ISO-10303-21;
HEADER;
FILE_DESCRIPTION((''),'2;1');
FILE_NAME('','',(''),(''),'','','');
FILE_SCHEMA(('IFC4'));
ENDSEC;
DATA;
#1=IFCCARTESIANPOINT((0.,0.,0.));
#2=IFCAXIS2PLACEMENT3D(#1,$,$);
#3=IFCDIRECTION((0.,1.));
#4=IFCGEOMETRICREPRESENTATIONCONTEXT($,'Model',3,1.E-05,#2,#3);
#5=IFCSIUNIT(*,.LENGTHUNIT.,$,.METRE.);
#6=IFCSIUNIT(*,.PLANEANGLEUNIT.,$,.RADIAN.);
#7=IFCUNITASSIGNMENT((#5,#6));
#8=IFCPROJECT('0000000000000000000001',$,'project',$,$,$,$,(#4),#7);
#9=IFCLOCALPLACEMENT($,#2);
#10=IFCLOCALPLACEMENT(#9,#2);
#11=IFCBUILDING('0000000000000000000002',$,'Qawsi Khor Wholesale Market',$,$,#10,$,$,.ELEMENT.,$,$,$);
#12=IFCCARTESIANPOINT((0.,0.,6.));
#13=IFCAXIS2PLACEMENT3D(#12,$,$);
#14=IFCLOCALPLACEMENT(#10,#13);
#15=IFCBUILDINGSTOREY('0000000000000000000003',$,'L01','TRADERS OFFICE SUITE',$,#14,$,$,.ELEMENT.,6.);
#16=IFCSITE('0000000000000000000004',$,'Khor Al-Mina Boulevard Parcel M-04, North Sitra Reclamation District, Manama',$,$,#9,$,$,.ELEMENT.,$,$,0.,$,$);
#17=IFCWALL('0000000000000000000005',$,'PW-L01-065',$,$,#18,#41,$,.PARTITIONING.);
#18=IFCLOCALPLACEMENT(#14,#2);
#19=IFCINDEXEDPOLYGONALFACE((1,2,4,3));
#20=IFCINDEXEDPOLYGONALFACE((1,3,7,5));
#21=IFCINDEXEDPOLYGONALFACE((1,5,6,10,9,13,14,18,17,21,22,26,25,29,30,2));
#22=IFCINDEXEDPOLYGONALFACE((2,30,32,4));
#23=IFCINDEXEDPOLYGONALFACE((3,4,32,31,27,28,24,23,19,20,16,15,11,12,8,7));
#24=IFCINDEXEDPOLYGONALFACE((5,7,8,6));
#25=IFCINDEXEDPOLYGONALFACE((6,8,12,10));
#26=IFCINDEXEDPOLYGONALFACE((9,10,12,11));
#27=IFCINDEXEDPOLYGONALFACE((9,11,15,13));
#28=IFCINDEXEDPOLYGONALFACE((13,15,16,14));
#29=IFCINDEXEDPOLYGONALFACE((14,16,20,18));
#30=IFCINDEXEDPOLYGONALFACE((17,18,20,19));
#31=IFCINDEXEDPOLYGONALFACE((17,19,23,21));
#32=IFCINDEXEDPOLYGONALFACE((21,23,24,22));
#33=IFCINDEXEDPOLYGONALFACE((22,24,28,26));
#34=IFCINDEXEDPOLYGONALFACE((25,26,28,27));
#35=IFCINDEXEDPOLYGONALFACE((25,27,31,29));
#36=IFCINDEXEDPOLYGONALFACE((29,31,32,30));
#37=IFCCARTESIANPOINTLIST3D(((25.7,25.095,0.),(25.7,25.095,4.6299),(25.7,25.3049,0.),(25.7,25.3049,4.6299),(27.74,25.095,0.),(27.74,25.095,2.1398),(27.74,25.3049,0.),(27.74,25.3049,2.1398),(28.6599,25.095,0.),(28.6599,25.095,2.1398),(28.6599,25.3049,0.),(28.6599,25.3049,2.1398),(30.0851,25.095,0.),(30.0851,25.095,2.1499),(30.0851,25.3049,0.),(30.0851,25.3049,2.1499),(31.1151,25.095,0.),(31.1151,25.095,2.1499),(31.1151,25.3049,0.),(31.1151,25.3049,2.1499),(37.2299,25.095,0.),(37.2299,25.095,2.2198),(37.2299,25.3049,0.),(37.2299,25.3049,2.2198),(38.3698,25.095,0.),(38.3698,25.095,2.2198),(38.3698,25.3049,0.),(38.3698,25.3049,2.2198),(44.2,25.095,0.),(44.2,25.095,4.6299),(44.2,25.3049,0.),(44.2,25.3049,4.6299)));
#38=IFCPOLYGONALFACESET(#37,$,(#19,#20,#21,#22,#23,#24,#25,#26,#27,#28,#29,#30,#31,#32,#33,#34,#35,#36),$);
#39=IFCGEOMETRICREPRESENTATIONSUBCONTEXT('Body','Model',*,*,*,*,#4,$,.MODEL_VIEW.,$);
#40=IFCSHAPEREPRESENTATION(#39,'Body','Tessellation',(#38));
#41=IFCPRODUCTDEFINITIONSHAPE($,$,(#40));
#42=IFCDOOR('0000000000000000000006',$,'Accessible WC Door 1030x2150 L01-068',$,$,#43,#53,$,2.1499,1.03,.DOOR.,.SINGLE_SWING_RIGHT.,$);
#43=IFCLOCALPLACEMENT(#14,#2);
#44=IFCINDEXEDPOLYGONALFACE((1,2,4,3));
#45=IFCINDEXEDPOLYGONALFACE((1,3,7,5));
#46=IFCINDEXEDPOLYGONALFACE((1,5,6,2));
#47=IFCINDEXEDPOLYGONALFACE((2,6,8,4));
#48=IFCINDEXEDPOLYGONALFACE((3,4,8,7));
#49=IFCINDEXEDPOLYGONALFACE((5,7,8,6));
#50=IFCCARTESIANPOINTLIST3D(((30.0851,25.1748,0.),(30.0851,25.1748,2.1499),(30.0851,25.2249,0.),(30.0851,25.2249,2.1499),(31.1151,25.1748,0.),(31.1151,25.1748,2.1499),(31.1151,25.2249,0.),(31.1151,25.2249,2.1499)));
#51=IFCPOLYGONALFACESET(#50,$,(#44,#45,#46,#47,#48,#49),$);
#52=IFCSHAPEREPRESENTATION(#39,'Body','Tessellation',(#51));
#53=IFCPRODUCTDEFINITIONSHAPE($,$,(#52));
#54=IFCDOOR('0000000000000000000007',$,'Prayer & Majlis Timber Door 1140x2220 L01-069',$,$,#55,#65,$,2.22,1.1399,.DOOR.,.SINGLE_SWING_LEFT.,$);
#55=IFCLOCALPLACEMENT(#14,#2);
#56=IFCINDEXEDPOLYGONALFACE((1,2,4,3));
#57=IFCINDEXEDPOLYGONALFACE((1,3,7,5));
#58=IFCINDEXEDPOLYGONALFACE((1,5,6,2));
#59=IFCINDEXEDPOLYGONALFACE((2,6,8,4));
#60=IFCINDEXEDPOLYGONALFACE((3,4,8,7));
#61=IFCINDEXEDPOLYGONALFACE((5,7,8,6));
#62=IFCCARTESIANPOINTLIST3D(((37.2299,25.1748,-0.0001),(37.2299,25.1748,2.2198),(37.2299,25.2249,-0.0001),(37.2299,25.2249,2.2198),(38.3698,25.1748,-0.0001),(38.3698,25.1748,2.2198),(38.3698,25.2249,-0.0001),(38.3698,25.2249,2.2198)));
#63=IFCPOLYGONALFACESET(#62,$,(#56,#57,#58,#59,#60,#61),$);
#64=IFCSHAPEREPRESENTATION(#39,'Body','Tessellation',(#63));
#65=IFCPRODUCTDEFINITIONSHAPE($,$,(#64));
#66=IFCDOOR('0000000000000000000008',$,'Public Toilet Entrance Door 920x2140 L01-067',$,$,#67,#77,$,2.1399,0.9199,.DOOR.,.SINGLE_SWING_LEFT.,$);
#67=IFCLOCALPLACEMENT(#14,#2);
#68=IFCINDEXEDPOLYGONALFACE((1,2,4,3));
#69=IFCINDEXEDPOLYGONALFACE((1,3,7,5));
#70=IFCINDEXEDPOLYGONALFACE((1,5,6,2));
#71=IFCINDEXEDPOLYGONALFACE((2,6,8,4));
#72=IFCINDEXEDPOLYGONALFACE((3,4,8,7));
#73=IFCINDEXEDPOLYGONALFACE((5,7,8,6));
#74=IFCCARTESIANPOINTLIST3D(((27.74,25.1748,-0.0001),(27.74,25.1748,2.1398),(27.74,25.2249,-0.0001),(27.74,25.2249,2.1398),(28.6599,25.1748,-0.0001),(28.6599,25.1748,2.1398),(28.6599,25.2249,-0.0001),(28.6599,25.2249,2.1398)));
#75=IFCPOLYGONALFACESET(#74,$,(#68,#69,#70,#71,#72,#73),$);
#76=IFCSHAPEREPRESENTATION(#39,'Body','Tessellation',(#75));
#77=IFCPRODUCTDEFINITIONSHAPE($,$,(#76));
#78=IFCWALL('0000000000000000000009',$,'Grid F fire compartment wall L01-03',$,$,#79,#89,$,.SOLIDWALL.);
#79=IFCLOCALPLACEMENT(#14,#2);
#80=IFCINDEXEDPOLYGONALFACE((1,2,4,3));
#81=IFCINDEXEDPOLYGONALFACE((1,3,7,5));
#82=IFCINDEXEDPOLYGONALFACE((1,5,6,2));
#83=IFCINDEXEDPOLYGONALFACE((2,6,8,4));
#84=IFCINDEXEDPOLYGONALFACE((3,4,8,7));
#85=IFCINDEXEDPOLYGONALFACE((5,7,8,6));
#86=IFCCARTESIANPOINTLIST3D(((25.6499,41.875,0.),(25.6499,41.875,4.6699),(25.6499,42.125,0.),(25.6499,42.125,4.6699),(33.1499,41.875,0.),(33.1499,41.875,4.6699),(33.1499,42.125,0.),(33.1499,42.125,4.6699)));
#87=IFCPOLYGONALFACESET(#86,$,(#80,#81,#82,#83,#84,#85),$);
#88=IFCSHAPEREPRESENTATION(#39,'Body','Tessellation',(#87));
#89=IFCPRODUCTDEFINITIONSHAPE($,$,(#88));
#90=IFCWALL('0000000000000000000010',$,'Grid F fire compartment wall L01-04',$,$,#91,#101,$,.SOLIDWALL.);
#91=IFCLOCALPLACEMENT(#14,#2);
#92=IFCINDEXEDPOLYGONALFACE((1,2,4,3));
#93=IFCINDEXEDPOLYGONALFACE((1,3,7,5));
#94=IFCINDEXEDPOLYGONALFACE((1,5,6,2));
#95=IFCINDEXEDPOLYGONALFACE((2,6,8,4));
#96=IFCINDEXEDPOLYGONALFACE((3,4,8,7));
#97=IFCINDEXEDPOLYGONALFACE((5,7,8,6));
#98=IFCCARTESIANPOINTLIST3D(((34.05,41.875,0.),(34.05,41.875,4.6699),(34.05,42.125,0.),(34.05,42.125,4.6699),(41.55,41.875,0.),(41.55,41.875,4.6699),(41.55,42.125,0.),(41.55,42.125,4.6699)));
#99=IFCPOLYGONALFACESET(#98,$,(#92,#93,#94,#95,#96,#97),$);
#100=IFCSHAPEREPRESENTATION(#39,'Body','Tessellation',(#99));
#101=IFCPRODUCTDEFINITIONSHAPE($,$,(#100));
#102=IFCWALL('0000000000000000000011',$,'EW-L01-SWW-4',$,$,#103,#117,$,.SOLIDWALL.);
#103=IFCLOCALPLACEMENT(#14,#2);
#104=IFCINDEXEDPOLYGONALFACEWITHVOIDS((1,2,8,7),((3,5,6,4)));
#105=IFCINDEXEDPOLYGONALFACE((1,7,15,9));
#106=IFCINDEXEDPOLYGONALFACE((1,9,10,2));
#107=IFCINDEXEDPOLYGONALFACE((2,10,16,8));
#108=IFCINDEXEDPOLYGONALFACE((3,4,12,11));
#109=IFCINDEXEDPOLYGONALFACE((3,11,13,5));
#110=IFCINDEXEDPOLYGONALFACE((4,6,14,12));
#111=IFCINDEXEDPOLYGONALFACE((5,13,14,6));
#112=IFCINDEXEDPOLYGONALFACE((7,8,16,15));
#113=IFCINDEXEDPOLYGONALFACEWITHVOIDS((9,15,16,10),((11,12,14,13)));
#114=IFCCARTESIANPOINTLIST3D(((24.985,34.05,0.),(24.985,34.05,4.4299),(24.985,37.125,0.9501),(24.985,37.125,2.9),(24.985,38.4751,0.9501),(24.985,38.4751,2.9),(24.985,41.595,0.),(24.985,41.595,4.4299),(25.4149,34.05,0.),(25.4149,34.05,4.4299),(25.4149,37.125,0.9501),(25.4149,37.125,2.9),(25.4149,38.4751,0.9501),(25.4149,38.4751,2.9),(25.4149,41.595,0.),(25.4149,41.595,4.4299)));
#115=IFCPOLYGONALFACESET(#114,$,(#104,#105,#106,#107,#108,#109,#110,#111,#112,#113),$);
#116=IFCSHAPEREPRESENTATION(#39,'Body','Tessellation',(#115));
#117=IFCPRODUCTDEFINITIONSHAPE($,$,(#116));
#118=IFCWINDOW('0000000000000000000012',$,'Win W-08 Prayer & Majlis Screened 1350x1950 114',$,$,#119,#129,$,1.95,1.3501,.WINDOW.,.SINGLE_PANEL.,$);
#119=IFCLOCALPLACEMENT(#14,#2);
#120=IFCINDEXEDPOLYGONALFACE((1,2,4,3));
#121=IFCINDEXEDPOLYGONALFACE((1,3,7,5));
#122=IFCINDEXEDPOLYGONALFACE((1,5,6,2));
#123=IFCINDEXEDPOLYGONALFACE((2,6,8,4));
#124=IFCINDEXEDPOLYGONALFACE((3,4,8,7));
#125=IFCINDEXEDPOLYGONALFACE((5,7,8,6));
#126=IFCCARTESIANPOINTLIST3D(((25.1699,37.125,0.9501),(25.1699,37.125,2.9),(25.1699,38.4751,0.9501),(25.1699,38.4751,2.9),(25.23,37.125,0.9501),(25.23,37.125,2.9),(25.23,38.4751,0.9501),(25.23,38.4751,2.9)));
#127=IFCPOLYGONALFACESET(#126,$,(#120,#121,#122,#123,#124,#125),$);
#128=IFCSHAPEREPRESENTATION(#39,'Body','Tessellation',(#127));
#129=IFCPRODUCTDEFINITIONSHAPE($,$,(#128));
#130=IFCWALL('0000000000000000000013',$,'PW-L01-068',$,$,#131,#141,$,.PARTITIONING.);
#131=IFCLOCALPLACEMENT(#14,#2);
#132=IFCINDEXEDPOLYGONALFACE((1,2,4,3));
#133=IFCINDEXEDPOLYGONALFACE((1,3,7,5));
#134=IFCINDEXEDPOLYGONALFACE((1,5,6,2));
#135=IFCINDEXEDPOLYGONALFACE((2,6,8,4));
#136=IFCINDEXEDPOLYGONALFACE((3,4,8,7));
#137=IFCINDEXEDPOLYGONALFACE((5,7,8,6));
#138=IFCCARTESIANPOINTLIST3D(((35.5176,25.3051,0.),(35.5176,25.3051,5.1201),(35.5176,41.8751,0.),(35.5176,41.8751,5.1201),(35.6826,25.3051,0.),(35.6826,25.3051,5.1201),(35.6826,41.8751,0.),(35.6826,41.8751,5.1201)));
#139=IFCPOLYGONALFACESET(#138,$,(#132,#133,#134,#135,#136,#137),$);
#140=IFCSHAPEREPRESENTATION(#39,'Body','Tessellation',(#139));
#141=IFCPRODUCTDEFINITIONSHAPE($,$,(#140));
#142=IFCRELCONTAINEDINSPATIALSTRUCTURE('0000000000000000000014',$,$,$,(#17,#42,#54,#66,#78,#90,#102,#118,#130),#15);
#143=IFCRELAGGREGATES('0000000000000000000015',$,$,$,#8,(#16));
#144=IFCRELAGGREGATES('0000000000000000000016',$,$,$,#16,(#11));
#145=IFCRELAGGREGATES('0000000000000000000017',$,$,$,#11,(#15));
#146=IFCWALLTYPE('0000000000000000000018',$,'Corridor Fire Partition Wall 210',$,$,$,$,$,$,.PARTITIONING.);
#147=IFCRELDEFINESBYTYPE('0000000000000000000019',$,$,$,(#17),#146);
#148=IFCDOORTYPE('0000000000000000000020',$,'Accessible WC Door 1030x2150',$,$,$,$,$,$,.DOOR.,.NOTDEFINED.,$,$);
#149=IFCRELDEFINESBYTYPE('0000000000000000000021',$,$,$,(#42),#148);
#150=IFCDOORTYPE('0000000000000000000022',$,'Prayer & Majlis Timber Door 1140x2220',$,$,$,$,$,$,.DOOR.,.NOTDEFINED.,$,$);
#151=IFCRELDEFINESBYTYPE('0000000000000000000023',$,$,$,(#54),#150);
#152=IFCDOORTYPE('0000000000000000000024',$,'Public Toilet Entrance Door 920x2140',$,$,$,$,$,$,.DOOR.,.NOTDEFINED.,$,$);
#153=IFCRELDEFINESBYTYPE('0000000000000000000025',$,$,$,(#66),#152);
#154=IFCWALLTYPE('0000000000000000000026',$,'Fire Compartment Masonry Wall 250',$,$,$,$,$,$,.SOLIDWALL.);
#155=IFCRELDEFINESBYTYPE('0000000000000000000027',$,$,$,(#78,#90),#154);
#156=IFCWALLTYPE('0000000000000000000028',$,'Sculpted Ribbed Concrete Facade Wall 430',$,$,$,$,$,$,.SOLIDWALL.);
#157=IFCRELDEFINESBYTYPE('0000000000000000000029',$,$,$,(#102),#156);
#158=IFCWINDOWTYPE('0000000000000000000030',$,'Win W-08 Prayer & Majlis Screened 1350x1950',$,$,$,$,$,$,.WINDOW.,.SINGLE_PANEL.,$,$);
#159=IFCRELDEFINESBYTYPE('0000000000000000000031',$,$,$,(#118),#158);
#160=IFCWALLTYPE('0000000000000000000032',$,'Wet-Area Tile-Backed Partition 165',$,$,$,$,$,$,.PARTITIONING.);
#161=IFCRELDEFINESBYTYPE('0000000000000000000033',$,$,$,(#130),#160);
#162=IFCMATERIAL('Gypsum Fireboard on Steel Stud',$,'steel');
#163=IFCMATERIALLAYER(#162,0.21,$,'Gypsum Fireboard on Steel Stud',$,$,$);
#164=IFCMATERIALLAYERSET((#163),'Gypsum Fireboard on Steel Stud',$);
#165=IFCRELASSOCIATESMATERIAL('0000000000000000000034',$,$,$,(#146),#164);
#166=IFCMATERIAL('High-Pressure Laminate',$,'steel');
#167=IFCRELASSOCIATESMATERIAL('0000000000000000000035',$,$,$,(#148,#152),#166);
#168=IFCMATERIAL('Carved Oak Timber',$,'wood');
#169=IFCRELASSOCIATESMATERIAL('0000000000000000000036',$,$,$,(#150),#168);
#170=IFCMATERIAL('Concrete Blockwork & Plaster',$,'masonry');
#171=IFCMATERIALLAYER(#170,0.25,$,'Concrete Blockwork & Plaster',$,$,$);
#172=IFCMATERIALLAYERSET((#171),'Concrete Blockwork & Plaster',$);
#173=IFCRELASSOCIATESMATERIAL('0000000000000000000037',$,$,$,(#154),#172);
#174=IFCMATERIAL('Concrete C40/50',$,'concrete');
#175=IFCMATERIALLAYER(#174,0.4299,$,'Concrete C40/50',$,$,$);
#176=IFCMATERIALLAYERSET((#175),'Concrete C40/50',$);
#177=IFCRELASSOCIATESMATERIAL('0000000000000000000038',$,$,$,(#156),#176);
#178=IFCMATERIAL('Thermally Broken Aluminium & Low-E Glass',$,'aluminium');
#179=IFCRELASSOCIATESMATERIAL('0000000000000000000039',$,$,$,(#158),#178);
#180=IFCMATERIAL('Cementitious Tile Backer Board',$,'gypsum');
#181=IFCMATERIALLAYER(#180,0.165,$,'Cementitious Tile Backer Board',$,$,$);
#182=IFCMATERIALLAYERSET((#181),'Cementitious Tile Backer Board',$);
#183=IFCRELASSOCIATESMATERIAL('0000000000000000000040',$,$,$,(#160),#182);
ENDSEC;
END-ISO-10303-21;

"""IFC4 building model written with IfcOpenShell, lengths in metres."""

from ifc_helpers import new_model, si_unit, direction, frame, frame_2d, origin, place, context, subcontext, project, spatial, rectangle, extrude, material, layer, layer_set, type_object, element, fill, save


model = new_model("IFC4")

# Units and contexts
model_context = context("Model", 3, precision=1e-05, world=origin(), true_north=direction((0.0, 1.0)))
body_context = subcontext(model_context, "Body", "Model", "MODEL_VIEW")
ifc_project = project(units=[si_unit("LENGTHUNIT", "METRE"), si_unit("PLANEANGLEUNIT", "RADIAN")], contexts=[model_context])

# Site, building, storey
site_placement = place(None, origin())
site = spatial("IfcSite", under=ifc_project, at=site_placement, Name="Khor Al-Mina Boulevard Parcel M-04, North Sitra Reclamation District, Manama", CompositionType="ELEMENT", RefElevation=0.0)
building_placement = place(site_placement, origin())
building = spatial("IfcBuilding", under=site, at=building_placement, Name="Qawsi Khor Wholesale Market", CompositionType="ELEMENT")
storey_placement = place(building_placement, frame((0.0, 0.0, 6.0)))
storey = spatial("IfcBuildingStorey", under=building, at=storey_placement, Name="L01", Description="TRADERS OFFICE SUITE", CompositionType="ELEMENT", Elevation=6.0)

# Shared definitions
ifc_material_1 = material(Name="Concrete C40/50", Category="concrete")

# Wall, openings, doors
ifc_material_2 = material(Name="Gypsum Fireboard on Steel Stud", Category="steel")
ifc_layer_1 = layer(ifc_material_2, 0.21, Name="Gypsum Fireboard on Steel Stud")
ifc_layer_set_1 = layer_set([ifc_layer_1], Name="Gypsum Fireboard on Steel Stud")
wall_type_1 = type_object("IfcWallType", Name="Corridor Fire Partition Wall 210", PredefinedType="PARTITIONING", material=ifc_layer_set_1)
wall_1_placement = place(storey_placement, frame((25.7, 25.2, 0.0), z_axis=(0.0, 0.0, 1.0), x_axis=(1.0, 0.0, 0.0)))
wall_1 = element("IfcWall", 1, at=wall_1_placement, inside=storey, type_object=wall_type_1, Name="PW-L01-065", PredefinedType="PARTITIONING", context=body_context, shape_type="SweptSolid", body=[
    extrude(rectangle(XDim=18.5, YDim=0.21, at=frame_2d((9.25, 0.0))), origin(), (0.0, 0.0, 1.0), 4.6299),
])
opening_1_placement = place(wall_1_placement, frame((2.04, 0.0, 0.0)))
opening_1 = element("IfcOpeningElement", 2, at=opening_1_placement, cuts=wall_1, PredefinedType="OPENING", context=body_context, shape_type="SweptSolid", body=[
    extrude(rectangle(XDim=0.9199, YDim=2.1399, at=frame_2d((0.46, 1.0698))), frame((0.0, 0.115, 0.0), z_axis=(0.0, -1.0, 0.0), x_axis=(1.0, 0.0, 0.0)), (0.0, 0.0, 1.0), 0.23),
])
opening_2_placement = place(wall_1_placement, frame((4.385, 0.0, 0.0)))
opening_2 = element("IfcOpeningElement", 3, at=opening_2_placement, cuts=wall_1, PredefinedType="OPENING", context=body_context, shape_type="SweptSolid", body=[
    extrude(rectangle(XDim=1.03, YDim=2.1499, at=frame_2d((0.5151, 1.075))), frame((0.0, 0.115, 0.0), z_axis=(0.0, -1.0, 0.0), x_axis=(1.0, 0.0, 0.0)), (0.0, 0.0, 1.0), 0.23),
])
opening_3_placement = place(wall_1_placement, frame((11.53, 0.0, 0.0)))
opening_3 = element("IfcOpeningElement", 4, at=opening_3_placement, cuts=wall_1, PredefinedType="OPENING", context=body_context, shape_type="SweptSolid", body=[
    extrude(rectangle(XDim=1.1399, YDim=2.22, at=frame_2d((0.5698, 1.1099))), frame((0.0, 0.115, 0.0), z_axis=(0.0, -1.0, 0.0), x_axis=(1.0, 0.0, 0.0)), (0.0, 0.0, 1.0), 0.23),
])
ifc_material_3 = material(Name="High-Pressure Laminate", Category="steel")
door_type_1 = type_object("IfcDoorType", Name="Accessible WC Door 1030x2150", OperationType="NOTDEFINED", PredefinedType="DOOR", material=ifc_material_3)
door_1_placement = place(opening_2_placement, origin())
door_1 = element("IfcDoor", 5, at=door_1_placement, inside=storey, type_object=door_type_1, Name="Accessible WC Door 1030x2150 L01-068", OperationType="SINGLE_SWING_RIGHT", OverallHeight=2.1499, OverallWidth=1.03, PredefinedType="DOOR", context=body_context, shape_type="SweptSolid", body=[
    extrude(rectangle(XDim=1.03, YDim=2.1499, at=frame_2d((0.5151, 1.075))), frame((0.0, 0.0249, 0.0), z_axis=(0.0, -1.0, 0.0), x_axis=(1.0, 0.0, 0.0)), (0.0, 0.0, 1.0), 0.05),
])
fill(opening_2, door_1)
ifc_material_4 = material(Name="Carved Oak Timber", Category="wood")
door_type_2 = type_object("IfcDoorType", Name="Prayer & Majlis Timber Door 1140x2220", OperationType="NOTDEFINED", PredefinedType="DOOR", material=ifc_material_4)
door_2_placement = place(opening_3_placement, origin())
door_2 = element("IfcDoor", 6, at=door_2_placement, inside=storey, type_object=door_type_2, Name="Prayer & Majlis Timber Door 1140x2220 L01-069", OperationType="SINGLE_SWING_LEFT", OverallHeight=2.22, OverallWidth=1.1399, PredefinedType="DOOR", context=body_context, shape_type="SweptSolid", body=[
    extrude(rectangle(XDim=1.1399, YDim=2.22, at=frame_2d((0.5698, 1.1099))), frame((0.0, 0.0249, 0.0), z_axis=(0.0, -1.0, 0.0), x_axis=(1.0, 0.0, 0.0)), (0.0, 0.0, 1.0), 0.05),
])
fill(opening_3, door_2)
door_type_3 = type_object("IfcDoorType", Name="Public Toilet Entrance Door 920x2140", OperationType="NOTDEFINED", PredefinedType="DOOR", material=ifc_material_3)
door_3_placement = place(opening_1_placement, origin())
door_3 = element("IfcDoor", 7, at=door_3_placement, inside=storey, type_object=door_type_3, Name="Public Toilet Entrance Door 920x2140 L01-067", OperationType="SINGLE_SWING_LEFT", OverallHeight=2.1399, OverallWidth=0.9199, PredefinedType="DOOR", context=body_context, shape_type="SweptSolid", body=[
    extrude(rectangle(XDim=0.9199, YDim=2.1399, at=frame_2d((0.46, 1.0698))), frame((0.0, 0.0249, 0.0), z_axis=(0.0, -1.0, 0.0), x_axis=(1.0, 0.0, 0.0)), (0.0, 0.0, 1.0), 0.05),
])
fill(opening_1, door_3)

# Walls
ifc_material_5 = material(Name="Concrete Blockwork & Plaster", Category="masonry")
ifc_layer_2 = layer(ifc_material_5, 0.25, Name="Concrete Blockwork & Plaster")
ifc_layer_set_2 = layer_set([ifc_layer_2], Name="Concrete Blockwork & Plaster")
wall_type_2 = type_object("IfcWallType", Name="Fire Compartment Masonry Wall 250", PredefinedType="SOLIDWALL", material=ifc_layer_set_2)
for number, where, z_axis, x_axis, name in (
    (8, (25.6499, 42.0, 0.0), (0.0, 0.0, 1.0), (1.0, 0.0, 0.0), "Grid F fire compartment wall L01-03"),
    (9, (34.05, 42.0, 0.0), (0.0, 0.0, 1.0), (1.0, 0.0, 0.0), "Grid F fire compartment wall L01-04"),
):
    element("IfcWall", number, at=place(storey_placement, frame(where, z_axis=z_axis, x_axis=x_axis)), inside=storey, type_object=wall_type_2, Name=name, PredefinedType="SOLIDWALL", context=body_context, shape_type="SweptSolid", body=[
        extrude(rectangle(XDim=7.5, YDim=0.25, at=frame_2d((3.75, 0.0))), origin(), (0.0, 0.0, 1.0), 4.6699),
    ])

# Wall, opening, window
ifc_layer_3 = layer(ifc_material_1, 0.4299, Name="Concrete C40/50")
ifc_layer_set_3 = layer_set([ifc_layer_3], Name="Concrete C40/50")
wall_type_3 = type_object("IfcWallType", Name="Sculpted Ribbed Concrete Facade Wall 430", PredefinedType="SOLIDWALL", material=ifc_layer_set_3)
wall_2_placement = place(storey_placement, frame((25.2, 34.05, 0.0), z_axis=(0.0, 0.0, 1.0), x_axis=(0.0, 1.0, 0.0)))
wall_2 = element("IfcWall", 10, at=wall_2_placement, inside=storey, type_object=wall_type_3, Name="EW-L01-SWW-4", PredefinedType="SOLIDWALL", context=body_context, shape_type="SweptSolid", body=[
    extrude(rectangle(XDim=7.5449, YDim=0.4299, at=frame_2d((3.7725, 0.0))), origin(), (0.0, 0.0, 1.0), 4.4299),
])
opening_4_placement = place(wall_2_placement, frame((3.075, 0.0, 0.95)))
opening_4 = element("IfcOpeningElement", 11, at=opening_4_placement, cuts=wall_2, PredefinedType="OPENING", context=body_context, shape_type="SweptSolid", body=[
    extrude(rectangle(XDim=1.3501, YDim=1.95, at=frame_2d((0.675, 0.9751))), frame((0.0, 0.2249, 0.0), z_axis=(0.0, -1.0, 0.0), x_axis=(1.0, 0.0, 0.0)), (0.0, 0.0, 1.0), 0.45),
])
ifc_material_6 = material(Name="Thermally Broken Aluminium & Low-E Glass", Category="aluminium")
window_type = type_object("IfcWindowType", Name="Win W-08 Prayer & Majlis Screened 1350x1950", PartitioningType="SINGLE_PANEL", PredefinedType="WINDOW", material=ifc_material_6)
window_placement = place(opening_4_placement, origin())
window = element("IfcWindow", 12, at=window_placement, inside=storey, type_object=window_type, Name="Win W-08 Prayer & Majlis Screened 1350x1950 114", OverallHeight=1.95, OverallWidth=1.3501, PartitioningType="SINGLE_PANEL", PredefinedType="WINDOW", context=body_context, shape_type="SweptSolid", body=[
    extrude(rectangle(XDim=1.3501, YDim=1.95, at=frame_2d((0.675, 0.9751))), frame((0.0, 0.03, 0.0), z_axis=(0.0, -1.0, 0.0), x_axis=(1.0, 0.0, 0.0)), (0.0, 0.0, 1.0), 0.0601),
])
fill(opening_4, window)

# Wall
ifc_material_7 = material(Name="Cementitious Tile Backer Board", Category="gypsum")
ifc_layer_4 = layer(ifc_material_7, 0.165, Name="Cementitious Tile Backer Board")
ifc_layer_set_4 = layer_set([ifc_layer_4], Name="Cementitious Tile Backer Board")
wall_type_4 = type_object("IfcWallType", Name="Wet-Area Tile-Backed Partition 165", PredefinedType="PARTITIONING", material=ifc_layer_set_4)
wall_3_placement = place(storey_placement, frame((35.6001, 25.3049, 0.0), z_axis=(0.0, 0.0, 1.0), x_axis=(0.0, 1.0, 0.0)))
element("IfcWall", 13, at=wall_3_placement, inside=storey, type_object=wall_type_4, Name="PW-L01-068", PredefinedType="PARTITIONING", context=body_context, shape_type="SweptSolid", body=[
    extrude(rectangle(XDim=16.5701, YDim=0.165, at=frame_2d((8.2852, 0.0))), origin(), (0.0, 0.0, 1.0), 5.1201),
])

save(model, "model.ifc")
